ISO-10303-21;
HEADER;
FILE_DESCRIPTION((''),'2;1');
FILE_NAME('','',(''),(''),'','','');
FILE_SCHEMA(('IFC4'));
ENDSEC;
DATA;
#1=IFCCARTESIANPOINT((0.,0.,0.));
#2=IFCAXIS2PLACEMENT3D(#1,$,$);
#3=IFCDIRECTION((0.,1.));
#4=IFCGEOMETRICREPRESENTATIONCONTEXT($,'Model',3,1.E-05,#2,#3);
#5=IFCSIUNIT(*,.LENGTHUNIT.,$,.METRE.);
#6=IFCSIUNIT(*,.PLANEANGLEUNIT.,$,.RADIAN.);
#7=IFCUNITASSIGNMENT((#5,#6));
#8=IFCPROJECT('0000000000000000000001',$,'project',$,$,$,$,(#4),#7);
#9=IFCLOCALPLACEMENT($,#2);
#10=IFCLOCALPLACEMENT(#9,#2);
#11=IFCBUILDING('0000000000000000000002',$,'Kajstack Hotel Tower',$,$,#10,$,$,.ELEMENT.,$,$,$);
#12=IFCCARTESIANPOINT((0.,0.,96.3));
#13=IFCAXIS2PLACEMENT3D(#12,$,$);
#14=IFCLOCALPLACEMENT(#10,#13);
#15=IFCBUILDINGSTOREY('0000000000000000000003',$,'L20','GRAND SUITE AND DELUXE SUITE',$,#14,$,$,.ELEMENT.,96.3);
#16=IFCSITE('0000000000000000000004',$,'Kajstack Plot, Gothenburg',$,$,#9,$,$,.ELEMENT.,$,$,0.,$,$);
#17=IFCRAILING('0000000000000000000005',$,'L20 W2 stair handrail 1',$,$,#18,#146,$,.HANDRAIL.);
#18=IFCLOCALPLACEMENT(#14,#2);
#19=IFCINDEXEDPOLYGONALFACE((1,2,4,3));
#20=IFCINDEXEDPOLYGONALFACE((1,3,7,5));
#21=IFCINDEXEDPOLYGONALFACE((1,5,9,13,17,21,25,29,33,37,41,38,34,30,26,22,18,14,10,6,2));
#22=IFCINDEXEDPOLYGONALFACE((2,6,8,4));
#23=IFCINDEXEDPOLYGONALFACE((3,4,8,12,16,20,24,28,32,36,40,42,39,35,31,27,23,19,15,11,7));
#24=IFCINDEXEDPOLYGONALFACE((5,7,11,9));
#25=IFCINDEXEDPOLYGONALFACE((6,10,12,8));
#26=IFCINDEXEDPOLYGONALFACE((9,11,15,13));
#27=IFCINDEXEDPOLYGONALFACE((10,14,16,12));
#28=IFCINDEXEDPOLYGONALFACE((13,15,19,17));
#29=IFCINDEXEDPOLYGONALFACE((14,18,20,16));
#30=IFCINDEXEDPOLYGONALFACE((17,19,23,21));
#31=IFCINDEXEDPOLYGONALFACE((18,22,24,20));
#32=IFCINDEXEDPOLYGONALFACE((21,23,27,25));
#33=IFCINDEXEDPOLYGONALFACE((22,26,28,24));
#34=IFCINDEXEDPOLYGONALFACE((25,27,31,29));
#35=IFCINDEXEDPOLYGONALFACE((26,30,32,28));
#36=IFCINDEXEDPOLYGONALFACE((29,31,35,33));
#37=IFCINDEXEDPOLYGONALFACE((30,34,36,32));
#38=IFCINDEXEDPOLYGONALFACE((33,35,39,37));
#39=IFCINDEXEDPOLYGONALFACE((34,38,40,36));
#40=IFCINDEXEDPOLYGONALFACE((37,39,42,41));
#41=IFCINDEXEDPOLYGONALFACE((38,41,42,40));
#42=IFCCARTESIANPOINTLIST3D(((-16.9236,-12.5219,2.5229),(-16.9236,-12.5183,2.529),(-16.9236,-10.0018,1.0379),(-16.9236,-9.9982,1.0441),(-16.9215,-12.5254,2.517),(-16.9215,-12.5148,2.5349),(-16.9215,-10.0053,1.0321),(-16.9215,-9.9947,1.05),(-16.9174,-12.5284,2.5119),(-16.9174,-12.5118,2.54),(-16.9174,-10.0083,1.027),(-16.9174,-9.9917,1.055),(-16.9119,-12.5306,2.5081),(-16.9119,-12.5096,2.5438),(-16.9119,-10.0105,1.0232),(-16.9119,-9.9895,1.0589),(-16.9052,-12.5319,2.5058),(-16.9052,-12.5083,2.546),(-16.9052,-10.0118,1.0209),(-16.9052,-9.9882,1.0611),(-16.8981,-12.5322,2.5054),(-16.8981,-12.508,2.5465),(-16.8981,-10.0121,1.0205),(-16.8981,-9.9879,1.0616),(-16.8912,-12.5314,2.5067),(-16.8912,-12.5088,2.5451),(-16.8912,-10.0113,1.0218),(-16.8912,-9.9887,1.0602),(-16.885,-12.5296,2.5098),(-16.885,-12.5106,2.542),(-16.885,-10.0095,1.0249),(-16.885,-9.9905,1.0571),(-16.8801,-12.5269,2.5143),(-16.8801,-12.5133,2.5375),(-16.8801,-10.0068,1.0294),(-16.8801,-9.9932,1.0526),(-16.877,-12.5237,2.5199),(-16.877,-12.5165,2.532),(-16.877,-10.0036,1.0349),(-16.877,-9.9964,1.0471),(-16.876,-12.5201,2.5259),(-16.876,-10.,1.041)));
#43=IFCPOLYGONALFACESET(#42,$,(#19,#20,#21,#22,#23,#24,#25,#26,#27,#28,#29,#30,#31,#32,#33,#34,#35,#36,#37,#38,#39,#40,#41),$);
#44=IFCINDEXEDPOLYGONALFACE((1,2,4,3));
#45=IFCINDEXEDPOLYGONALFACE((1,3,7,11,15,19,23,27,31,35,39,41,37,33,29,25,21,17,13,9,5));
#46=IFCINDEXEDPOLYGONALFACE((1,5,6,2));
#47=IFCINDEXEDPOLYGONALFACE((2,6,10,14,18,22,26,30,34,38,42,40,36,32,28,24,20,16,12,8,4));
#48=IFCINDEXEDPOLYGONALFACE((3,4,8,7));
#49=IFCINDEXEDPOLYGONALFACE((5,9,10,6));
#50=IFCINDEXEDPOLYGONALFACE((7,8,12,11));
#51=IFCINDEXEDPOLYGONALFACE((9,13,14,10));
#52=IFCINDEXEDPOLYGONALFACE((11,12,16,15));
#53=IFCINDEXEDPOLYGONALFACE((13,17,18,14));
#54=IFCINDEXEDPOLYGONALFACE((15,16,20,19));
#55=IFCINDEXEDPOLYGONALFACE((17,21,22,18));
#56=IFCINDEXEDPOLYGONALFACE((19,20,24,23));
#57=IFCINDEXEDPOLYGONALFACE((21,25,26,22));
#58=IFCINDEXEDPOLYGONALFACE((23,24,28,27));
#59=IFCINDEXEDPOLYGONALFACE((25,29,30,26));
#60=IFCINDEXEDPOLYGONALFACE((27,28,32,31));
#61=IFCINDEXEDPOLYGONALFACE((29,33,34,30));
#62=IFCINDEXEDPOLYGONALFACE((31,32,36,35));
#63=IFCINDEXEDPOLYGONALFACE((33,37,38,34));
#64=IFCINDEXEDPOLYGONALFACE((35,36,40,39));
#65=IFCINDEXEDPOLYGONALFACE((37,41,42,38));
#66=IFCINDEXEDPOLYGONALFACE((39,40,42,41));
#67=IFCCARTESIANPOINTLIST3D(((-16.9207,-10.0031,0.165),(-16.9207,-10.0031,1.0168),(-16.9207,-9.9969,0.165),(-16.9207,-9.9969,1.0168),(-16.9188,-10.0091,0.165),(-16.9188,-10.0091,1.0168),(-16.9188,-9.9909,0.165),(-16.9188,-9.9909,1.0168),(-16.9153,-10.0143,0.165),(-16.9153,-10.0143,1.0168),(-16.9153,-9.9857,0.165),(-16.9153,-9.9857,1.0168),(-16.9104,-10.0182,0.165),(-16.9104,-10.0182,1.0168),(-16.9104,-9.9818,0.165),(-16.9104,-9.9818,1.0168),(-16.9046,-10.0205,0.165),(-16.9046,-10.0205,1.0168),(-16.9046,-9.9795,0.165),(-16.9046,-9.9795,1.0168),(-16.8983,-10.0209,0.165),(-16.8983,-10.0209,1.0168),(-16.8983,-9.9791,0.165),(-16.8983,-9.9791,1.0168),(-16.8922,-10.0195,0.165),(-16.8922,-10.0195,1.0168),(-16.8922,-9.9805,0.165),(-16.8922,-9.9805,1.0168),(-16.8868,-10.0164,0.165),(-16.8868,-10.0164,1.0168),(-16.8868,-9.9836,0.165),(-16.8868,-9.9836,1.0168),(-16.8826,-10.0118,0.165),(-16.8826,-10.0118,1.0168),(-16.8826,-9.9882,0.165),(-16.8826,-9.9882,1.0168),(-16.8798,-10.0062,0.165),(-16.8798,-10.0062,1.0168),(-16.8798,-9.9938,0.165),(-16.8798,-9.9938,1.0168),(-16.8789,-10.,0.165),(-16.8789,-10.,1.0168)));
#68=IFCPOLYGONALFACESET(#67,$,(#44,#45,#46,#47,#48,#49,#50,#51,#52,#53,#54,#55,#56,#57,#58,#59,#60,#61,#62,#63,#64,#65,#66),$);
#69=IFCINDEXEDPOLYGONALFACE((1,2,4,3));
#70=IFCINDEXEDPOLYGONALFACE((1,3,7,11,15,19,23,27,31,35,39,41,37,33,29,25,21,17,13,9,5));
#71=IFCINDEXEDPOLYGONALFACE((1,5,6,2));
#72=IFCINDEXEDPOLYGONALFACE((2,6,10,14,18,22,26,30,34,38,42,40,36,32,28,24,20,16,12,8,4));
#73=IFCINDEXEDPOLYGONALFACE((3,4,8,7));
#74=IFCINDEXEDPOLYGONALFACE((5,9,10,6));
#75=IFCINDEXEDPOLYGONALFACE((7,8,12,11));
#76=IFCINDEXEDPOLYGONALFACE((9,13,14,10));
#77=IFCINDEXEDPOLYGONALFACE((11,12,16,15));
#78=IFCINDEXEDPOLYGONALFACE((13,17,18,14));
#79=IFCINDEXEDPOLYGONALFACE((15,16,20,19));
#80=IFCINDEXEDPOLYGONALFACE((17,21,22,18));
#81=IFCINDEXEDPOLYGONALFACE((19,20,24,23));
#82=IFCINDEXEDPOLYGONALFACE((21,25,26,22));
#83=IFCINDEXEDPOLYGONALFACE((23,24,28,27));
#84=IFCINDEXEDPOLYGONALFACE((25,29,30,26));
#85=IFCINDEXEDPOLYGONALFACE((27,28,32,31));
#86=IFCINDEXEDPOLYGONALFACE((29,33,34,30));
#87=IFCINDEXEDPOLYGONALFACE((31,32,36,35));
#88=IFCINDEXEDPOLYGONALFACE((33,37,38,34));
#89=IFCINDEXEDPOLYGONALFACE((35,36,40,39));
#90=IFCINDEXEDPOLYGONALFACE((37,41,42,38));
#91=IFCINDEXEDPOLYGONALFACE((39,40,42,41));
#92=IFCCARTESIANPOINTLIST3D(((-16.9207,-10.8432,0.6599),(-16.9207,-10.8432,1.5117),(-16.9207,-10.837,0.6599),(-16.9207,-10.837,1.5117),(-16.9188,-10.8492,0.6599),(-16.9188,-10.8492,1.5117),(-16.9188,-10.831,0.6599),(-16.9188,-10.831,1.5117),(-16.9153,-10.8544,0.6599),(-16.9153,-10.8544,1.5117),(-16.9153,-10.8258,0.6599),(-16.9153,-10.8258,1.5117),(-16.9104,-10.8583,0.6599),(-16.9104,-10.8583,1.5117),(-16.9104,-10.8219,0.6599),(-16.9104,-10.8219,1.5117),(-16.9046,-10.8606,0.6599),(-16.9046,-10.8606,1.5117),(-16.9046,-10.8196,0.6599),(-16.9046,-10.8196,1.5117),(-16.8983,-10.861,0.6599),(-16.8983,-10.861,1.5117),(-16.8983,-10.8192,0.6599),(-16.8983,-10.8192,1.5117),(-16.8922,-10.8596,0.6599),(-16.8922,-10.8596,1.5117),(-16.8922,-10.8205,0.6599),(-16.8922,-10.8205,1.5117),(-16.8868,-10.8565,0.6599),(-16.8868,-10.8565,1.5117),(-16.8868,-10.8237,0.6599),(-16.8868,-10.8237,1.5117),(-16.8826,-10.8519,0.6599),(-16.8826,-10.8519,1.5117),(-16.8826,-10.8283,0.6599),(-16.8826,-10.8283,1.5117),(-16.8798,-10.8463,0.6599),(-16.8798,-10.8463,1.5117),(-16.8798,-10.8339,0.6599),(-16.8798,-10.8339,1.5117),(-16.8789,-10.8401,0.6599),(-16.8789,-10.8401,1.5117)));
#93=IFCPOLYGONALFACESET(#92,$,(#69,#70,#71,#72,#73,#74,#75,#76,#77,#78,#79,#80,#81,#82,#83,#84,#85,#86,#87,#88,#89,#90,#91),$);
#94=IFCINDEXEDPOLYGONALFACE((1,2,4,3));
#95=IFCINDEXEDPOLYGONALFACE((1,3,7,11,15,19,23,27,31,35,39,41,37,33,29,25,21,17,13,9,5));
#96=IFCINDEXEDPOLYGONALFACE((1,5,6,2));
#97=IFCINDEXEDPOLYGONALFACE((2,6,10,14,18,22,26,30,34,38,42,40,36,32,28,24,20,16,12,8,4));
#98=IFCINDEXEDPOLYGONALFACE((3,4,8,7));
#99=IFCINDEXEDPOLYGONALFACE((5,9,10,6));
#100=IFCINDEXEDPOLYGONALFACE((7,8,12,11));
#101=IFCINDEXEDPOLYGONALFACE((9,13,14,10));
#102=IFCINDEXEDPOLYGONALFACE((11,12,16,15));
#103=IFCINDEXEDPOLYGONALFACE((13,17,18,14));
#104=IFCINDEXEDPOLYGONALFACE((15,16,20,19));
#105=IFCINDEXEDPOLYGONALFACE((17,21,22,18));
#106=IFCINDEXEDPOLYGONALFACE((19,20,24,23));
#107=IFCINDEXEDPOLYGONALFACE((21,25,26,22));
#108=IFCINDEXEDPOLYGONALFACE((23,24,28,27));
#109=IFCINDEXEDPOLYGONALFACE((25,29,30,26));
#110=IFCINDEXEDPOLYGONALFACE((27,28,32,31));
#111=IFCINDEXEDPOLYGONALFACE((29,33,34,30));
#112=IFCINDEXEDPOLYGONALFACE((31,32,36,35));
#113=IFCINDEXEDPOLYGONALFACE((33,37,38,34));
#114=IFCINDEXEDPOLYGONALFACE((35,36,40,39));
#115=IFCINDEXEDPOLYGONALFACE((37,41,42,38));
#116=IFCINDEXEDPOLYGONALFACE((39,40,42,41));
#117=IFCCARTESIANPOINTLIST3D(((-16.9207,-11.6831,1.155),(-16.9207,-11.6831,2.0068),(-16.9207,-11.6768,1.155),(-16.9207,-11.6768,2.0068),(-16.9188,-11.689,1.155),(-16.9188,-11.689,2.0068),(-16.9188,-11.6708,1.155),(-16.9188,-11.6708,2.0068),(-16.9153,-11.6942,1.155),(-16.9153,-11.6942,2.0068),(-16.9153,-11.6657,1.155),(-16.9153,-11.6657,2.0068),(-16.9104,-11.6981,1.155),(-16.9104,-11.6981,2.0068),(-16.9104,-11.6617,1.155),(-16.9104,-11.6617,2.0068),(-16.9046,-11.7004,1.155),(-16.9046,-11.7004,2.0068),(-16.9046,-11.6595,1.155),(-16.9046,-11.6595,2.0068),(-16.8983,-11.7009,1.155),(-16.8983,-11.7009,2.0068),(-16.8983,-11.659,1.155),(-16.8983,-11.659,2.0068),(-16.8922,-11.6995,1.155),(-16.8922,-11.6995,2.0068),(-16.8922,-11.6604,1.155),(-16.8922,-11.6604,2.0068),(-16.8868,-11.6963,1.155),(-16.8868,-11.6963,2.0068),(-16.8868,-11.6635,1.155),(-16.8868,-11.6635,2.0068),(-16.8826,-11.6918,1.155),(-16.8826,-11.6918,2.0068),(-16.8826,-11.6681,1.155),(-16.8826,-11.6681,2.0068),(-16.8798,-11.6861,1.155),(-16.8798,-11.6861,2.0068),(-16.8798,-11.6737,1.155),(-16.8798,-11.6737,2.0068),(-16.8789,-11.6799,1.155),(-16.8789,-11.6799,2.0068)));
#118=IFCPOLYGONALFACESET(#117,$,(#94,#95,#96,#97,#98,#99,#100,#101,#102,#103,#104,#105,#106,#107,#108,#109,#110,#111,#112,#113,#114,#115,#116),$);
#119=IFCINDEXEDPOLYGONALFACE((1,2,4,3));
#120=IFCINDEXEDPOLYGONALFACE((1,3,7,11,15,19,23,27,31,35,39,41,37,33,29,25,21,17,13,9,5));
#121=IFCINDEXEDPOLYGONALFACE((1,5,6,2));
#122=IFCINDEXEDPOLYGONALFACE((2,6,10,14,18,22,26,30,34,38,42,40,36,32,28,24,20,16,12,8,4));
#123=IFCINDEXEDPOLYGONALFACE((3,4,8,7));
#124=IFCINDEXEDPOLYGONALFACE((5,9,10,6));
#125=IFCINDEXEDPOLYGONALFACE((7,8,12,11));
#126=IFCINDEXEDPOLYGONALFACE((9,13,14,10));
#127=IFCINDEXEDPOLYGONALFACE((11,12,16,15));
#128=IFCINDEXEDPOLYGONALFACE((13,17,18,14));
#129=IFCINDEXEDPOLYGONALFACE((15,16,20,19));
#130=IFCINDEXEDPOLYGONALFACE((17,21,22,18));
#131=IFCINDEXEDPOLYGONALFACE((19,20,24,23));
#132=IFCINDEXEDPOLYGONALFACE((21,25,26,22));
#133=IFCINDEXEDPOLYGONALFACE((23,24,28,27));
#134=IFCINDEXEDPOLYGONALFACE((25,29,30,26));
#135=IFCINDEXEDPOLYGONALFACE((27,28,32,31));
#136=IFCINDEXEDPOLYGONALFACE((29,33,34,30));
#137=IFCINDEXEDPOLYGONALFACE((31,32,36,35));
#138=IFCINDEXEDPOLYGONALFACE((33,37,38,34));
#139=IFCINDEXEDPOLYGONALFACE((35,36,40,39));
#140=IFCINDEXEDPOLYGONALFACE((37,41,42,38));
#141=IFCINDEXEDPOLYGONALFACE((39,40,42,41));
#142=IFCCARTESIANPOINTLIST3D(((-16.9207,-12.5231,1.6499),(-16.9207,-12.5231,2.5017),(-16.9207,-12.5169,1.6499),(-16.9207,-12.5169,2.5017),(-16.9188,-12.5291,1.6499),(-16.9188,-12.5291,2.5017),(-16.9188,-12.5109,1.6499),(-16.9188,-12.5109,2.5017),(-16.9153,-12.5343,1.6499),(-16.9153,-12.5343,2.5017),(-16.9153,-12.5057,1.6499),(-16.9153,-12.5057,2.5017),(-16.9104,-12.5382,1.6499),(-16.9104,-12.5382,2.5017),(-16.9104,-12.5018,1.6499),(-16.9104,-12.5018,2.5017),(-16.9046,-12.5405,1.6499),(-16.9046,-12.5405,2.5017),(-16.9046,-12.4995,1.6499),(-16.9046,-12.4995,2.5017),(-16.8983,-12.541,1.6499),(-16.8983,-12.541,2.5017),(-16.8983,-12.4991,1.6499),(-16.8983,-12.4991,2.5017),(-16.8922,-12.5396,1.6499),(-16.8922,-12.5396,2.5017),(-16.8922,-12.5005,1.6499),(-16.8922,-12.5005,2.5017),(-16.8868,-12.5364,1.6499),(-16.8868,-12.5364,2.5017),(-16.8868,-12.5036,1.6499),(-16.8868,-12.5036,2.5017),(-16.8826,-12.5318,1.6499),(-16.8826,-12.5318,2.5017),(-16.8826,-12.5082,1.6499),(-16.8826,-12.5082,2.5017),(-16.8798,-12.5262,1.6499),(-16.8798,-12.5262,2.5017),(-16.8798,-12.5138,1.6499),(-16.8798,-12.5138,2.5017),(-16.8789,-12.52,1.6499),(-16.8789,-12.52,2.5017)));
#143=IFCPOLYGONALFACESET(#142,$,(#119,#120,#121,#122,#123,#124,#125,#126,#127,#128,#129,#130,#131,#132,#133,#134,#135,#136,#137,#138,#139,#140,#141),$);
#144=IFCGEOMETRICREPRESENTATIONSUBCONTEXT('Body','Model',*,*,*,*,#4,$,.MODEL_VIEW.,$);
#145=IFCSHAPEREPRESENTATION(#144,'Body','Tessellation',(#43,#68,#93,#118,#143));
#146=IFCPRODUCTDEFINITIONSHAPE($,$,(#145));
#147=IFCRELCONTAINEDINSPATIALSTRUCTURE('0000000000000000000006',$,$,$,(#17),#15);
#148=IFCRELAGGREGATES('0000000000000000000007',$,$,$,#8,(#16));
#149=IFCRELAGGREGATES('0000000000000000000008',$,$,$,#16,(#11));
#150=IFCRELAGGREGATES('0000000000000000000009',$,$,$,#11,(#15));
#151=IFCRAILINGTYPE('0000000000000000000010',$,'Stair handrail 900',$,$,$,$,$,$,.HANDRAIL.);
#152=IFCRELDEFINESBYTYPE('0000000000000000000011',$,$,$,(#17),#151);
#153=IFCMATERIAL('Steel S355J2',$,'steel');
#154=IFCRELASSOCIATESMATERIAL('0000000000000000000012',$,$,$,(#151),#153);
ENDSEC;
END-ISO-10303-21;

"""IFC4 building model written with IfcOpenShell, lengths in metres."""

from ifc_helpers import new_model, si_unit, direction, frame, origin, origin_2d, place, context, subcontext, project, spatial, circle, extrude, material, type_object, element, save


model = new_model("IFC4")

# Units and contexts
model_context = context("Model", 3, precision=1e-05, world=origin(), true_north=direction((0.0, 1.0)))
body_context = subcontext(model_context, "Body", "Model", "MODEL_VIEW")
ifc_project = project(units=[si_unit("LENGTHUNIT", "METRE"), si_unit("PLANEANGLEUNIT", "RADIAN")], contexts=[model_context])

# Site, building, storey
site_placement = place(None, origin())
site = spatial("IfcSite", under=ifc_project, at=site_placement, Name="Kajstack Plot, Gothenburg", CompositionType="ELEMENT", RefElevation=0.0)
building_placement = place(site_placement, origin())
building = spatial("IfcBuilding", under=site, at=building_placement, Name="Kajstack Hotel Tower", CompositionType="ELEMENT")
storey_placement = place(building_placement, frame((0.0, 0.0, 96.3)))
storey = spatial("IfcBuildingStorey", under=building, at=storey_placement, Name="L20", Description="GRAND SUITE AND DELUXE SUITE", CompositionType="ELEMENT", Elevation=96.3)

# Railing
ifc_material_1 = material(Name="Steel S355J2", Category="steel")
railing_type_1 = type_object("IfcRailingType", Name="Stair handrail 900", PredefinedType="HANDRAIL", material=ifc_material_1)
railing_1_placement = place(storey_placement, frame((-16.8999, -10.0, 0.165)))
element("IfcRailing", 1, at=railing_1_placement, inside=storey, type_object=railing_type_1, Name="L20 W2 stair handrail 1", PredefinedType="HANDRAIL", context=body_context, shape_type="SweptSolid", body=[
    extrude(circle(Radius=0.0239, at=origin_2d()), frame((0.0, 0.0, 0.876), z_axis=(0.0, -0.861561, 0.507655), x_axis=(1.0, 0.0, 0.0)), (0.0, 0.0, 1.0), 2.925),
    extrude(circle(Radius=0.021, at=origin_2d()), origin(), (0.0, 0.0, 1.0), 0.8518),
    extrude(circle(Radius=0.021, at=origin_2d()), frame((0.0, -0.8401, 0.4949)), (0.0, 0.0, 1.0), 0.8518),
    extrude(circle(Radius=0.021, at=origin_2d()), frame((0.0, -1.6799, 0.99)), (0.0, 0.0, 1.0), 0.8518),
    extrude(circle(Radius=0.021, at=origin_2d()), frame((0.0, -2.52, 1.4849)), (0.0, 0.0, 1.0), 0.8518),
])

save(model, "model.ifc")
